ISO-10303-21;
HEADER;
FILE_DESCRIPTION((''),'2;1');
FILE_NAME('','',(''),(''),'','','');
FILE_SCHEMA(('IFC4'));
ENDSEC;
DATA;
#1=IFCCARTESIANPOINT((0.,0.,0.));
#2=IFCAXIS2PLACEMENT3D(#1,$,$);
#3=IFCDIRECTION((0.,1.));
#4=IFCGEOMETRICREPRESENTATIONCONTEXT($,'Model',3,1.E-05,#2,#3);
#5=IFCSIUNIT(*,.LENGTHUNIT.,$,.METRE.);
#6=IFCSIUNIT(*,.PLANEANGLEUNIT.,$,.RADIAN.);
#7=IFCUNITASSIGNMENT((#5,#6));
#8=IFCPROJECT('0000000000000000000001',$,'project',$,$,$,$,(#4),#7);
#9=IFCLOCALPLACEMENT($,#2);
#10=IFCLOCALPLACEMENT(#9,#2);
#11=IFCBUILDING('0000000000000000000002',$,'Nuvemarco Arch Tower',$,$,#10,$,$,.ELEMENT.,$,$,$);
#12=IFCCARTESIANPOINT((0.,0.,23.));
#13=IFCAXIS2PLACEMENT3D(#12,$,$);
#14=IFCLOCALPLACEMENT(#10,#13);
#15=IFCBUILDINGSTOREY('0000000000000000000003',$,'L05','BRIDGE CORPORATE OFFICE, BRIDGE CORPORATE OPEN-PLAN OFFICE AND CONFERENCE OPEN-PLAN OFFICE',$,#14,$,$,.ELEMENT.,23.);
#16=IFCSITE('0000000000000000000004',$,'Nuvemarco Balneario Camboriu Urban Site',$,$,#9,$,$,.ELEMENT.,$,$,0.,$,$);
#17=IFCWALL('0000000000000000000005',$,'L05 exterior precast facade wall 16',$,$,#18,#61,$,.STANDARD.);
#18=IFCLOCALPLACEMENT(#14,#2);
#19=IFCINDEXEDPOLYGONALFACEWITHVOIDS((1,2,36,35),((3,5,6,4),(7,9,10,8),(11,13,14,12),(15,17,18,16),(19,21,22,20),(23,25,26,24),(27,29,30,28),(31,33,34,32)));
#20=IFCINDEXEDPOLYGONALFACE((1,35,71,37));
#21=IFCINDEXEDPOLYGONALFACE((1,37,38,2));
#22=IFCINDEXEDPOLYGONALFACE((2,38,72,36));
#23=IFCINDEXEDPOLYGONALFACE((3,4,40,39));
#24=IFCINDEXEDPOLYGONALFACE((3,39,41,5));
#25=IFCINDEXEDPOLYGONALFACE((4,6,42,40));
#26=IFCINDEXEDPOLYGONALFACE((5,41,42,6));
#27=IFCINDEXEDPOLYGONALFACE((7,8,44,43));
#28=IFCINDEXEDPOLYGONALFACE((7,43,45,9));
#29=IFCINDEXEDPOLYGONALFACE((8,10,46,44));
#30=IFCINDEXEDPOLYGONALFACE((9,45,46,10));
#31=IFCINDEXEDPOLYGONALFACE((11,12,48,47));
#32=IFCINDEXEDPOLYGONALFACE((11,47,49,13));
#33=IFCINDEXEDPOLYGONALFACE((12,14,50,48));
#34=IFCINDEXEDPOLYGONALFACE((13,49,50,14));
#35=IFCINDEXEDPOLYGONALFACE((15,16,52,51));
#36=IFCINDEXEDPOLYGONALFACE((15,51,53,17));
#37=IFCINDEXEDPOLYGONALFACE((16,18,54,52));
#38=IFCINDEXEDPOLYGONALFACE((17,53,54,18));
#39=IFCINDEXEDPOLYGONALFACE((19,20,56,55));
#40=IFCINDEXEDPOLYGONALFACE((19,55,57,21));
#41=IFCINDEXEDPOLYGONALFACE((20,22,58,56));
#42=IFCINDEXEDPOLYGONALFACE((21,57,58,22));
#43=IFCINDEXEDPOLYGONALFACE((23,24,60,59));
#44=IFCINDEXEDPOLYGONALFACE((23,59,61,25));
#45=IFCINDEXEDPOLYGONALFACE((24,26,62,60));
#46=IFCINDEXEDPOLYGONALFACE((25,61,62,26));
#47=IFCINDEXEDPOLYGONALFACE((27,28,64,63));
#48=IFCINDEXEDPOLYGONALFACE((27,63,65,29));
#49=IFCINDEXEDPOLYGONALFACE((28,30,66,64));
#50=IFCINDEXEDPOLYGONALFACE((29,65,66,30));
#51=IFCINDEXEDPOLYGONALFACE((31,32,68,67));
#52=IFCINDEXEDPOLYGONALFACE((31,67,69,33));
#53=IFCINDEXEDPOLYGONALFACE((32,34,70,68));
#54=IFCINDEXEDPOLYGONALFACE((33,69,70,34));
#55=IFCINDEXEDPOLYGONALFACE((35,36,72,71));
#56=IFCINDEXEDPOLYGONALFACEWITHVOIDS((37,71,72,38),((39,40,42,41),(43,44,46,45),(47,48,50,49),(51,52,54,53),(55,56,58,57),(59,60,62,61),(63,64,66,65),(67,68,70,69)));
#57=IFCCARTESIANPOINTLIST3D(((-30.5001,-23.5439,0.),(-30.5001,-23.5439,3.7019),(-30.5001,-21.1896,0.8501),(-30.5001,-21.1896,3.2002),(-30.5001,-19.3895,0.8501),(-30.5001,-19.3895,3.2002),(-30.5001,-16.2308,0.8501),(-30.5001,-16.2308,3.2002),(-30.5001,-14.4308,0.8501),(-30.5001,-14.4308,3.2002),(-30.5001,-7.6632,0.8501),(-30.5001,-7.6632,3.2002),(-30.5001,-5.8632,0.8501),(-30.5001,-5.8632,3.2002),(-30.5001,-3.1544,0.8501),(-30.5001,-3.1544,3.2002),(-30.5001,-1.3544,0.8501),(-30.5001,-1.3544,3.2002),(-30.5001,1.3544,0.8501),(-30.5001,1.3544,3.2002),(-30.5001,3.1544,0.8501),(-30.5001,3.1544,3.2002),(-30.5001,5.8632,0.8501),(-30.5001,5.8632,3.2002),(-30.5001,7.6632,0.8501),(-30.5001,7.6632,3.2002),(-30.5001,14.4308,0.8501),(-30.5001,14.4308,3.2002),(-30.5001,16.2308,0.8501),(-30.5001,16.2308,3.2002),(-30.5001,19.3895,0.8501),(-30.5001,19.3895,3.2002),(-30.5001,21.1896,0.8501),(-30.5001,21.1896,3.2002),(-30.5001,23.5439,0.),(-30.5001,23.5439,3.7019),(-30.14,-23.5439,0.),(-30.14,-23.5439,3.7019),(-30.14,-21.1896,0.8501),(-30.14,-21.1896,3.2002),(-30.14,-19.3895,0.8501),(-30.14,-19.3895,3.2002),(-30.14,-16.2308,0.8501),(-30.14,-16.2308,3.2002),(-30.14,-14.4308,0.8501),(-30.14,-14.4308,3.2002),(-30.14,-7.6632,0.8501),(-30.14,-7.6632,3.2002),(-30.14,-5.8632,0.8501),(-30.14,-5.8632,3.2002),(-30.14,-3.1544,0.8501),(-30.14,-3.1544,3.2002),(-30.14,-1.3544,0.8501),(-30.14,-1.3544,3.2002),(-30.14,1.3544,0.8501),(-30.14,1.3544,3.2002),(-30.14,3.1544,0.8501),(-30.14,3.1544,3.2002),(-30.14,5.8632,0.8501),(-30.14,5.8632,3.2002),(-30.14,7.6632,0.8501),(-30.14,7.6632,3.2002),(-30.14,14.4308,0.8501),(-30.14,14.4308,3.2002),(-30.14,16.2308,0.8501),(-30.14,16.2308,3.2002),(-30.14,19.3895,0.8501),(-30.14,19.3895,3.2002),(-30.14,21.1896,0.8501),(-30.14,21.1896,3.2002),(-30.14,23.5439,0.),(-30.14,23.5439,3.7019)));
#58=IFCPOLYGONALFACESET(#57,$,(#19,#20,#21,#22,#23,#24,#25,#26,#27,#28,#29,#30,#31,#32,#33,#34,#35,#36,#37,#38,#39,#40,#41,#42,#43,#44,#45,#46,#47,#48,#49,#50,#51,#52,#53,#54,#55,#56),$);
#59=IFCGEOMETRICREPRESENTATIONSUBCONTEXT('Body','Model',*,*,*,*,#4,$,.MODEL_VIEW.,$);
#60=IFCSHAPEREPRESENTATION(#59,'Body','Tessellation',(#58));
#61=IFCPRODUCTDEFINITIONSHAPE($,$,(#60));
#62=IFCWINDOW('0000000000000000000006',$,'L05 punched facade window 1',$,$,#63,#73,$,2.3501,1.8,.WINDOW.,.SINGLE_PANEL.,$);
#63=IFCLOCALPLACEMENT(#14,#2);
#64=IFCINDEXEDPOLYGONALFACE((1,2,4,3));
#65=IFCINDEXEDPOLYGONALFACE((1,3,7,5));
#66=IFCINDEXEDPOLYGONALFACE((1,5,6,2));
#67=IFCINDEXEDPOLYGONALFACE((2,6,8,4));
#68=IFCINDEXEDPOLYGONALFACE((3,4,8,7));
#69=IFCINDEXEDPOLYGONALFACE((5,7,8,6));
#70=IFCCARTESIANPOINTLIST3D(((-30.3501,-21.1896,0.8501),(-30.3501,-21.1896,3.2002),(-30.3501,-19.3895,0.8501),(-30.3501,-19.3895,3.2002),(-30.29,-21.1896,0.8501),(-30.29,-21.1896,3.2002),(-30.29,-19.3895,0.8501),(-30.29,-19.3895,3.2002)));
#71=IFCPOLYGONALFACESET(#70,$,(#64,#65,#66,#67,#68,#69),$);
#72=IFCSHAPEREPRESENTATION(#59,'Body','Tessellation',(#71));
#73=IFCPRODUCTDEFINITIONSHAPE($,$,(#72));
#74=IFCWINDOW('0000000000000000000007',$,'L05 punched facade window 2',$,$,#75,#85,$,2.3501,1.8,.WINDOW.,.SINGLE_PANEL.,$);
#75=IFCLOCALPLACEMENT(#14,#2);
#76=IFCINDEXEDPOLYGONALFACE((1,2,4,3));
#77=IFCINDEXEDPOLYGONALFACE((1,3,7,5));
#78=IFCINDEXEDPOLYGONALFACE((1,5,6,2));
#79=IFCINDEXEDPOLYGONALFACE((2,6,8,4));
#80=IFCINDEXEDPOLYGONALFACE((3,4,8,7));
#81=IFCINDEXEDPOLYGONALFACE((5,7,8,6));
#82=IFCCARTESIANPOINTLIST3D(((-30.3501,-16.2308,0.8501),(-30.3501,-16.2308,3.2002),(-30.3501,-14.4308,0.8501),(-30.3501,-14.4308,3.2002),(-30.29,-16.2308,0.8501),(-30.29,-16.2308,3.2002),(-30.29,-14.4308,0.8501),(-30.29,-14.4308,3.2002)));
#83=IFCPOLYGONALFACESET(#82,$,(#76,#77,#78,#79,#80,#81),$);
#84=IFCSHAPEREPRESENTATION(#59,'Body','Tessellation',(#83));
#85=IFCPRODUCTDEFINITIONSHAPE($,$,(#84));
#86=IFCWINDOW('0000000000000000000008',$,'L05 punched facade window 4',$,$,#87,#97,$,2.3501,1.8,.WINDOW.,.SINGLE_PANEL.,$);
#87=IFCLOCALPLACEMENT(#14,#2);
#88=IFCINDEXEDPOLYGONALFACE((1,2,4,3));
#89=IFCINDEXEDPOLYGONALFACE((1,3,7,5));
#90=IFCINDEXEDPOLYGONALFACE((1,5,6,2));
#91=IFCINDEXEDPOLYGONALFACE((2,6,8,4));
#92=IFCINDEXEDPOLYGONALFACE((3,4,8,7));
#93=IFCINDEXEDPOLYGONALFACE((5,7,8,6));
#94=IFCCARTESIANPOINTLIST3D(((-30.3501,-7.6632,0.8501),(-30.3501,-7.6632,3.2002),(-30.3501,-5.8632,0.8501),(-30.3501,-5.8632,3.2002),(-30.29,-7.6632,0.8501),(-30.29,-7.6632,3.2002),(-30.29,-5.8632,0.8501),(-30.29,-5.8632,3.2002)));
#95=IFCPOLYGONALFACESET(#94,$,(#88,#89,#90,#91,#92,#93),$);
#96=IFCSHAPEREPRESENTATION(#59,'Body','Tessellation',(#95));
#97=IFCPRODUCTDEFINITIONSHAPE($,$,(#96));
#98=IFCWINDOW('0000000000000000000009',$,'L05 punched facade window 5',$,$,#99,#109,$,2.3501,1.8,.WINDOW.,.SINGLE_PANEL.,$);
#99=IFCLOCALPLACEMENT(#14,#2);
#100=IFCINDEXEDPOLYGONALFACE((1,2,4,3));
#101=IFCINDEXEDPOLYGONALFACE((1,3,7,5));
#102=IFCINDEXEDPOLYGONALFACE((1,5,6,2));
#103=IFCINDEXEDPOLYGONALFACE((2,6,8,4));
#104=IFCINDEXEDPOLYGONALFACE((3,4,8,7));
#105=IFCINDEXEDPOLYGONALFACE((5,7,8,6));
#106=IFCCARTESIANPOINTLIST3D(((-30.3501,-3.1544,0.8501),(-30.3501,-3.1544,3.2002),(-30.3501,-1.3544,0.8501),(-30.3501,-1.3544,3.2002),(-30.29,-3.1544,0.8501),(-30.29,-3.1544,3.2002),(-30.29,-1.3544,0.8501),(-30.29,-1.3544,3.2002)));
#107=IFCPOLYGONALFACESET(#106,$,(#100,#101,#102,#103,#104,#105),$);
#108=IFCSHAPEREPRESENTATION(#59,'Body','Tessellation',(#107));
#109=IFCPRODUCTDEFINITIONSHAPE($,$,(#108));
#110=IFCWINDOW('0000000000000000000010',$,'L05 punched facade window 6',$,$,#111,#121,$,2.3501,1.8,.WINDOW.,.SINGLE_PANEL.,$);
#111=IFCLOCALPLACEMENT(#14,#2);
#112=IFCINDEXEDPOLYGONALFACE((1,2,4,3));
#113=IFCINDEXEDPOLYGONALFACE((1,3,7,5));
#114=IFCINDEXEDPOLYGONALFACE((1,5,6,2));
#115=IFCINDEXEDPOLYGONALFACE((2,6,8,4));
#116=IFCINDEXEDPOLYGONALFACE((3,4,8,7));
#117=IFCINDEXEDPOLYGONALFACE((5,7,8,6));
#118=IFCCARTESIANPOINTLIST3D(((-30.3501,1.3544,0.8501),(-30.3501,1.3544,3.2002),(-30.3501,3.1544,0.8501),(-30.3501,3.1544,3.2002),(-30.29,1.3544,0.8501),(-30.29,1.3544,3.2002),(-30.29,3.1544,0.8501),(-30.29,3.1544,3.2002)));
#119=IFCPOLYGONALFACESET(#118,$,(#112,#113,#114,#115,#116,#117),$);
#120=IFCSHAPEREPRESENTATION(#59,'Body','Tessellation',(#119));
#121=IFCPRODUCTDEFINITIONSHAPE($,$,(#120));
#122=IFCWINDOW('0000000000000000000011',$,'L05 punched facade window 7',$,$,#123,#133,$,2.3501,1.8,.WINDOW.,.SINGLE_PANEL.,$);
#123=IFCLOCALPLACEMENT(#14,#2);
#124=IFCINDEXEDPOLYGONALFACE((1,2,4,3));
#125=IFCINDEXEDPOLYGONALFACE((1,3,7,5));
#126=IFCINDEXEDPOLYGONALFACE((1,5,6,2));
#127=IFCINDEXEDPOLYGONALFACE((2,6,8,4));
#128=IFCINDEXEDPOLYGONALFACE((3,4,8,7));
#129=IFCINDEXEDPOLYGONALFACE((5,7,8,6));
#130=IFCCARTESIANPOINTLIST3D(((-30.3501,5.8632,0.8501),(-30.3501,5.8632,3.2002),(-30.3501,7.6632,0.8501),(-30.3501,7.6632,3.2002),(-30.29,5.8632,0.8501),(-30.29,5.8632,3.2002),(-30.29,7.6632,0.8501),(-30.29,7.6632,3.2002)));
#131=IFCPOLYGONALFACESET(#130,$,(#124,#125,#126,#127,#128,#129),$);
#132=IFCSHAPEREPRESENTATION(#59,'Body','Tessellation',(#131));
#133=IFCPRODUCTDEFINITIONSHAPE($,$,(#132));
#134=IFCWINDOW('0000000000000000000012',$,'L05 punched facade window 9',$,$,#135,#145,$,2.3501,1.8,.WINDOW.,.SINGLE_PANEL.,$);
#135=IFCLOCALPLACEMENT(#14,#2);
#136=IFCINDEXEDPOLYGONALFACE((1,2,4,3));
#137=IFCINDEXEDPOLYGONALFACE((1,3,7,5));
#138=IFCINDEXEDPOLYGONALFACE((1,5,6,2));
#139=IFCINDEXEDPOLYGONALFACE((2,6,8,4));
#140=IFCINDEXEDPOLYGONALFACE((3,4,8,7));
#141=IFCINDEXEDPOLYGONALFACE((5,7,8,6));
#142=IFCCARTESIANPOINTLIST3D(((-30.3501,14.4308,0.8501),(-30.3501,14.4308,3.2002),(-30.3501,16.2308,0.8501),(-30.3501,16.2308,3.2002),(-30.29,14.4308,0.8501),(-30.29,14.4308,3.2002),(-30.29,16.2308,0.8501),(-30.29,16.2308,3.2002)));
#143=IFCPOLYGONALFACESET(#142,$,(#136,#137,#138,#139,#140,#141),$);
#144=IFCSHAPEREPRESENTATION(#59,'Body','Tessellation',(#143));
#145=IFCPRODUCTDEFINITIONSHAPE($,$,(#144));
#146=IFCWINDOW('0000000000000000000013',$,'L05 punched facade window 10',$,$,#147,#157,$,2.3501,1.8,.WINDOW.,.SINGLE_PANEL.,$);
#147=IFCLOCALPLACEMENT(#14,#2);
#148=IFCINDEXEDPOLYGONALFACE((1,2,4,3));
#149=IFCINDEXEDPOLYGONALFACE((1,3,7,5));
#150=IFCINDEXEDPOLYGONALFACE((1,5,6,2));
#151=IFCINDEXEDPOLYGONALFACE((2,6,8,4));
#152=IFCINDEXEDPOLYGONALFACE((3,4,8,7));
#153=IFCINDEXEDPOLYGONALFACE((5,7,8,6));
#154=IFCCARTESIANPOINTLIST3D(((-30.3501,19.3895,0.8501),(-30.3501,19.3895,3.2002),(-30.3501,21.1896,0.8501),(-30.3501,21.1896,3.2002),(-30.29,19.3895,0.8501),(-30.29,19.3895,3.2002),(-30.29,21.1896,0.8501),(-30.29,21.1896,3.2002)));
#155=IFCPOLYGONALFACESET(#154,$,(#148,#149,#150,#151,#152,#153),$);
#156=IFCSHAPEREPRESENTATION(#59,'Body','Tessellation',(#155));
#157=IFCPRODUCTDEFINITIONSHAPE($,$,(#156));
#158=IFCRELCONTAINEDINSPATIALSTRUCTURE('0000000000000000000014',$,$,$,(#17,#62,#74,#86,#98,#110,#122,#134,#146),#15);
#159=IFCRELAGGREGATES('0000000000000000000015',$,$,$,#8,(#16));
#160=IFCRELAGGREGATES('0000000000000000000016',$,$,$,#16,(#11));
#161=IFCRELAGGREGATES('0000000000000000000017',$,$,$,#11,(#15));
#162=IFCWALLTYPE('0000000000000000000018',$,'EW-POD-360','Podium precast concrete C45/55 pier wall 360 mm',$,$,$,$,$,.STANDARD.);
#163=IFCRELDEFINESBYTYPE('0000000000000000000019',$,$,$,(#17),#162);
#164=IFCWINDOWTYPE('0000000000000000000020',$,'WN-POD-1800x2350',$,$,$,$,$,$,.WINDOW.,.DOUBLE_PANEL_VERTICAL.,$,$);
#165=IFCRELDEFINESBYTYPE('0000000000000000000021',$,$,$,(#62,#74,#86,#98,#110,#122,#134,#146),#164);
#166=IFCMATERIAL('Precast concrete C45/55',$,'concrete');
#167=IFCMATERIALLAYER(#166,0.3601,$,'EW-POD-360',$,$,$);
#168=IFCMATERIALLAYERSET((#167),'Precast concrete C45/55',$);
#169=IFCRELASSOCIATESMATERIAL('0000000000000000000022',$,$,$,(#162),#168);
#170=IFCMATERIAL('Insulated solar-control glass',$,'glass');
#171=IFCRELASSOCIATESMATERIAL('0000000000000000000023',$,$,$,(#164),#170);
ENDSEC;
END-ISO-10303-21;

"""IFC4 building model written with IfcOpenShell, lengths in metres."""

from ifc_helpers import new_model, si_unit, direction, frame, frame_2d, origin, place, context, subcontext, project, spatial, rectangle, extrude, source, transform, mapped, material, layer, layer_set, type_object, type_shapes, element, fill, save


model = new_model("IFC4")

# Units and contexts
model_context = context("Model", 3, precision=1e-05, world=origin(), true_north=direction((0.0, 1.0)))
body_context = subcontext(model_context, "Body", "Model", "MODEL_VIEW")
ifc_project = project(units=[si_unit("LENGTHUNIT", "METRE"), si_unit("PLANEANGLEUNIT", "RADIAN")], contexts=[model_context])

# Site, building, storey
site_placement = place(None, origin())
site = spatial("IfcSite", under=ifc_project, at=site_placement, Name="Nuvemarco Balneario Camboriu Urban Site", CompositionType="ELEMENT", RefElevation=0.0)
building_placement = place(site_placement, origin())
building = spatial("IfcBuilding", under=site, at=building_placement, Name="Nuvemarco Arch Tower", CompositionType="ELEMENT")
storey_placement = place(building_placement, frame((0.0, 0.0, 23.0)))
storey = spatial("IfcBuildingStorey", under=building, at=storey_placement, Name="L05", Description="BRIDGE CORPORATE OFFICE, BRIDGE CORPORATE OPEN-PLAN OFFICE AND CONFERENCE OPEN-PLAN OFFICE", CompositionType="ELEMENT", Elevation=23.0)

# Shared definitions
ifc_material_1 = material(Name="Precast concrete C45/55", Category="concrete")

# Shared definitions
ifc_layer_1 = layer(ifc_material_1, 0.3601, Name="EW-POD-360")
ifc_layer_set_1 = layer_set([ifc_layer_1], Name="Precast concrete C45/55")
wall_type_1 = type_object("IfcWallType", Name="EW-POD-360", Description="Podium precast concrete C45/55 pier wall 360 mm", PredefinedType="STANDARD", material=ifc_layer_set_1)

# Wall, openings, windows
wall_1_placement = place(storey_placement, frame((-30.3201, -23.5439, 0.0), z_axis=(0.0, 0.0, 1.0), x_axis=(0.0, 1.0, 0.0)))
wall_1 = element("IfcWall", 1, at=wall_1_placement, inside=storey, type_object=wall_type_1, Name="L05 exterior precast facade wall 16", PredefinedType="STANDARD", context=body_context, shape_type="SweptSolid", body=[
    extrude(rectangle(XDim=47.0879, YDim=0.3601, at=frame_2d((23.5439, 0.0))), origin(), (0.0, 0.0, 1.0), 3.7019),
])
opening_1_placement = place(wall_1_placement, frame((2.3545, 0.0, 0.8501)))
opening_1 = element("IfcOpeningElement", 2, at=opening_1_placement, cuts=wall_1, PredefinedType="OPENING", context=body_context, shape_type="SweptSolid", body=[
    extrude(rectangle(XDim=1.8, YDim=2.3501, at=frame_2d((0.8999, 1.175))), frame((0.0, 0.1899, 0.0), z_axis=(0.0, -1.0, 0.0), x_axis=(1.0, 0.0, 0.0)), (0.0, 0.0, 1.0), 0.3801),
])
opening_2_placement = place(wall_1_placement, frame((7.3132, 0.0, 0.8501)))
opening_2 = element("IfcOpeningElement", 3, at=opening_2_placement, cuts=wall_1, PredefinedType="OPENING", context=body_context, shape_type="SweptSolid", body=[
    extrude(rectangle(XDim=1.8, YDim=2.3501, at=frame_2d((0.8999, 1.175))), frame((0.0, 0.1899, 0.0), z_axis=(0.0, -1.0, 0.0), x_axis=(1.0, 0.0, 0.0)), (0.0, 0.0, 1.0), 0.3801),
])
opening_3_placement = place(wall_1_placement, frame((15.8809, 0.0, 0.8501)))
opening_3 = element("IfcOpeningElement", 4, at=opening_3_placement, cuts=wall_1, PredefinedType="OPENING", context=body_context, shape_type="SweptSolid", body=[
    extrude(rectangle(XDim=1.8, YDim=2.3501, at=frame_2d((0.8999, 1.175))), frame((0.0, 0.1899, 0.0), z_axis=(0.0, -1.0, 0.0), x_axis=(1.0, 0.0, 0.0)), (0.0, 0.0, 1.0), 0.3801),
])
opening_4_placement = place(wall_1_placement, frame((20.3896, 0.0, 0.8501)))
opening_4 = element("IfcOpeningElement", 5, at=opening_4_placement, cuts=wall_1, PredefinedType="OPENING", context=body_context, shape_type="SweptSolid", body=[
    extrude(rectangle(XDim=1.8, YDim=2.3501, at=frame_2d((0.8999, 1.175))), frame((0.0, 0.1899, 0.0), z_axis=(0.0, -1.0, 0.0), x_axis=(1.0, 0.0, 0.0)), (0.0, 0.0, 1.0), 0.3801),
])
opening_5_placement = place(wall_1_placement, frame((24.8984, 0.0, 0.8501)))
opening_5 = element("IfcOpeningElement", 6, at=opening_5_placement, cuts=wall_1, PredefinedType="OPENING", context=body_context, shape_type="SweptSolid", body=[
    extrude(rectangle(XDim=1.8, YDim=2.3501, at=frame_2d((0.8999, 1.175))), frame((0.0, 0.1899, 0.0), z_axis=(0.0, -1.0, 0.0), x_axis=(1.0, 0.0, 0.0)), (0.0, 0.0, 1.0), 0.3801),
])
opening_6_placement = place(wall_1_placement, frame((29.4072, 0.0, 0.8501)))
opening_6 = element("IfcOpeningElement", 7, at=opening_6_placement, cuts=wall_1, PredefinedType="OPENING", context=body_context, shape_type="SweptSolid", body=[
    extrude(rectangle(XDim=1.8, YDim=2.3501, at=frame_2d((0.8999, 1.175))), frame((0.0, 0.1899, 0.0), z_axis=(0.0, -1.0, 0.0), x_axis=(1.0, 0.0, 0.0)), (0.0, 0.0, 1.0), 0.3801),
])
opening_7_placement = place(wall_1_placement, frame((37.9749, 0.0, 0.8501)))
opening_7 = element("IfcOpeningElement", 8, at=opening_7_placement, cuts=wall_1, PredefinedType="OPENING", context=body_context, shape_type="SweptSolid", body=[
    extrude(rectangle(XDim=1.8, YDim=2.3501, at=frame_2d((0.8999, 1.175))), frame((0.0, 0.1899, 0.0), z_axis=(0.0, -1.0, 0.0), x_axis=(1.0, 0.0, 0.0)), (0.0, 0.0, 1.0), 0.3801),
])
opening_8_placement = place(wall_1_placement, frame((42.9336, 0.0, 0.8501)))
opening_8 = element("IfcOpeningElement", 9, at=opening_8_placement, cuts=wall_1, PredefinedType="OPENING", context=body_context, shape_type="SweptSolid", body=[
    extrude(rectangle(XDim=1.8, YDim=2.3501, at=frame_2d((0.8999, 1.175))), frame((0.0, 0.1899, 0.0), z_axis=(0.0, -1.0, 0.0), x_axis=(1.0, 0.0, 0.0)), (0.0, 0.0, 1.0), 0.3801),
])
ifc_material_2 = material(Name="Insulated solar-control glass", Category="glass")
window_type = type_object("IfcWindowType", Name="WN-POD-1800x2350", PartitioningType="DOUBLE_PANEL_VERTICAL", PredefinedType="WINDOW", material=ifc_material_2)
shared_shape_1 = source(origin(), body_context, "Body", "SweptSolid", [
    extrude(rectangle(XDim=1.8, YDim=2.3501, at=frame_2d((0.8999, 1.175))), frame((0.0, 0.03, 0.0), z_axis=(0.0, -1.0, 0.0), x_axis=(1.0, 0.0, 0.0)), (0.0, 0.0, 1.0), 0.0601),
])
type_shapes(window_type, [shared_shape_1])
window_1_placement = place(opening_1_placement, origin())
window_1 = element("IfcWindow", 10, at=window_1_placement, inside=storey, type_object=window_type, Name="L05 punched facade window 1", OverallHeight=2.3501, OverallWidth=1.8, PartitioningType="SINGLE_PANEL", PredefinedType="WINDOW", context=body_context, shape_type="MappedRepresentation", body=[
    mapped(shared_shape_1, transform((0.0, 0.0, 0.0), scale=1.0)),
])
fill(opening_1, window_1)
window_2_placement = place(opening_2_placement, origin())
window_2 = element("IfcWindow", 11, at=window_2_placement, inside=storey, type_object=window_type, Name="L05 punched facade window 2", OverallHeight=2.3501, OverallWidth=1.8, PartitioningType="SINGLE_PANEL", PredefinedType="WINDOW", context=body_context, shape_type="MappedRepresentation", body=[
    mapped(shared_shape_1, transform((0.0, 0.0, 0.0), scale=1.0)),
])
fill(opening_2, window_2)
window_3_placement = place(opening_3_placement, origin())
window_3 = element("IfcWindow", 12, at=window_3_placement, inside=storey, type_object=window_type, Name="L05 punched facade window 4", OverallHeight=2.3501, OverallWidth=1.8, PartitioningType="SINGLE_PANEL", PredefinedType="WINDOW", context=body_context, shape_type="MappedRepresentation", body=[
    mapped(shared_shape_1, transform((0.0, 0.0, 0.0), scale=1.0)),
])
fill(opening_3, window_3)
window_4_placement = place(opening_4_placement, origin())
window_4 = element("IfcWindow", 13, at=window_4_placement, inside=storey, type_object=window_type, Name="L05 punched facade window 5", OverallHeight=2.3501, OverallWidth=1.8, PartitioningType="SINGLE_PANEL", PredefinedType="WINDOW", context=body_context, shape_type="MappedRepresentation", body=[
    mapped(shared_shape_1, transform((0.0, 0.0, 0.0), scale=1.0)),
])
fill(opening_4, window_4)
window_5_placement = place(opening_5_placement, origin())
window_5 = element("IfcWindow", 14, at=window_5_placement, inside=storey, type_object=window_type, Name="L05 punched facade window 6", OverallHeight=2.3501, OverallWidth=1.8, PartitioningType="SINGLE_PANEL", PredefinedType="WINDOW", context=body_context, shape_type="MappedRepresentation", body=[
    mapped(shared_shape_1, transform((0.0, 0.0, 0.0), scale=1.0)),
])
fill(opening_5, window_5)
window_6_placement = place(opening_6_placement, origin())
window_6 = element("IfcWindow", 15, at=window_6_placement, inside=storey, type_object=window_type, Name="L05 punched facade window 7", OverallHeight=2.3501, OverallWidth=1.8, PartitioningType="SINGLE_PANEL", PredefinedType="WINDOW", context=body_context, shape_type="MappedRepresentation", body=[
    mapped(shared_shape_1, transform((0.0, 0.0, 0.0), scale=1.0)),
])
fill(opening_6, window_6)
window_7_placement = place(opening_7_placement, origin())
window_7 = element("IfcWindow", 16, at=window_7_placement, inside=storey, type_object=window_type, Name="L05 punched facade window 9", OverallHeight=2.3501, OverallWidth=1.8, PartitioningType="SINGLE_PANEL", PredefinedType="WINDOW", context=body_context, shape_type="MappedRepresentation", body=[
    mapped(shared_shape_1, transform((0.0, 0.0, 0.0), scale=1.0)),
])
fill(opening_7, window_7)
window_8_placement = place(opening_8_placement, origin())
window_8 = element("IfcWindow", 17, at=window_8_placement, inside=storey, type_object=window_type, Name="L05 punched facade window 10", OverallHeight=2.3501, OverallWidth=1.8, PartitioningType="SINGLE_PANEL", PredefinedType="WINDOW", context=body_context, shape_type="MappedRepresentation", body=[
    mapped(shared_shape_1, transform((0.0, 0.0, 0.0), scale=1.0)),
])
fill(opening_8, window_8)

save(model, "model.ifc")
